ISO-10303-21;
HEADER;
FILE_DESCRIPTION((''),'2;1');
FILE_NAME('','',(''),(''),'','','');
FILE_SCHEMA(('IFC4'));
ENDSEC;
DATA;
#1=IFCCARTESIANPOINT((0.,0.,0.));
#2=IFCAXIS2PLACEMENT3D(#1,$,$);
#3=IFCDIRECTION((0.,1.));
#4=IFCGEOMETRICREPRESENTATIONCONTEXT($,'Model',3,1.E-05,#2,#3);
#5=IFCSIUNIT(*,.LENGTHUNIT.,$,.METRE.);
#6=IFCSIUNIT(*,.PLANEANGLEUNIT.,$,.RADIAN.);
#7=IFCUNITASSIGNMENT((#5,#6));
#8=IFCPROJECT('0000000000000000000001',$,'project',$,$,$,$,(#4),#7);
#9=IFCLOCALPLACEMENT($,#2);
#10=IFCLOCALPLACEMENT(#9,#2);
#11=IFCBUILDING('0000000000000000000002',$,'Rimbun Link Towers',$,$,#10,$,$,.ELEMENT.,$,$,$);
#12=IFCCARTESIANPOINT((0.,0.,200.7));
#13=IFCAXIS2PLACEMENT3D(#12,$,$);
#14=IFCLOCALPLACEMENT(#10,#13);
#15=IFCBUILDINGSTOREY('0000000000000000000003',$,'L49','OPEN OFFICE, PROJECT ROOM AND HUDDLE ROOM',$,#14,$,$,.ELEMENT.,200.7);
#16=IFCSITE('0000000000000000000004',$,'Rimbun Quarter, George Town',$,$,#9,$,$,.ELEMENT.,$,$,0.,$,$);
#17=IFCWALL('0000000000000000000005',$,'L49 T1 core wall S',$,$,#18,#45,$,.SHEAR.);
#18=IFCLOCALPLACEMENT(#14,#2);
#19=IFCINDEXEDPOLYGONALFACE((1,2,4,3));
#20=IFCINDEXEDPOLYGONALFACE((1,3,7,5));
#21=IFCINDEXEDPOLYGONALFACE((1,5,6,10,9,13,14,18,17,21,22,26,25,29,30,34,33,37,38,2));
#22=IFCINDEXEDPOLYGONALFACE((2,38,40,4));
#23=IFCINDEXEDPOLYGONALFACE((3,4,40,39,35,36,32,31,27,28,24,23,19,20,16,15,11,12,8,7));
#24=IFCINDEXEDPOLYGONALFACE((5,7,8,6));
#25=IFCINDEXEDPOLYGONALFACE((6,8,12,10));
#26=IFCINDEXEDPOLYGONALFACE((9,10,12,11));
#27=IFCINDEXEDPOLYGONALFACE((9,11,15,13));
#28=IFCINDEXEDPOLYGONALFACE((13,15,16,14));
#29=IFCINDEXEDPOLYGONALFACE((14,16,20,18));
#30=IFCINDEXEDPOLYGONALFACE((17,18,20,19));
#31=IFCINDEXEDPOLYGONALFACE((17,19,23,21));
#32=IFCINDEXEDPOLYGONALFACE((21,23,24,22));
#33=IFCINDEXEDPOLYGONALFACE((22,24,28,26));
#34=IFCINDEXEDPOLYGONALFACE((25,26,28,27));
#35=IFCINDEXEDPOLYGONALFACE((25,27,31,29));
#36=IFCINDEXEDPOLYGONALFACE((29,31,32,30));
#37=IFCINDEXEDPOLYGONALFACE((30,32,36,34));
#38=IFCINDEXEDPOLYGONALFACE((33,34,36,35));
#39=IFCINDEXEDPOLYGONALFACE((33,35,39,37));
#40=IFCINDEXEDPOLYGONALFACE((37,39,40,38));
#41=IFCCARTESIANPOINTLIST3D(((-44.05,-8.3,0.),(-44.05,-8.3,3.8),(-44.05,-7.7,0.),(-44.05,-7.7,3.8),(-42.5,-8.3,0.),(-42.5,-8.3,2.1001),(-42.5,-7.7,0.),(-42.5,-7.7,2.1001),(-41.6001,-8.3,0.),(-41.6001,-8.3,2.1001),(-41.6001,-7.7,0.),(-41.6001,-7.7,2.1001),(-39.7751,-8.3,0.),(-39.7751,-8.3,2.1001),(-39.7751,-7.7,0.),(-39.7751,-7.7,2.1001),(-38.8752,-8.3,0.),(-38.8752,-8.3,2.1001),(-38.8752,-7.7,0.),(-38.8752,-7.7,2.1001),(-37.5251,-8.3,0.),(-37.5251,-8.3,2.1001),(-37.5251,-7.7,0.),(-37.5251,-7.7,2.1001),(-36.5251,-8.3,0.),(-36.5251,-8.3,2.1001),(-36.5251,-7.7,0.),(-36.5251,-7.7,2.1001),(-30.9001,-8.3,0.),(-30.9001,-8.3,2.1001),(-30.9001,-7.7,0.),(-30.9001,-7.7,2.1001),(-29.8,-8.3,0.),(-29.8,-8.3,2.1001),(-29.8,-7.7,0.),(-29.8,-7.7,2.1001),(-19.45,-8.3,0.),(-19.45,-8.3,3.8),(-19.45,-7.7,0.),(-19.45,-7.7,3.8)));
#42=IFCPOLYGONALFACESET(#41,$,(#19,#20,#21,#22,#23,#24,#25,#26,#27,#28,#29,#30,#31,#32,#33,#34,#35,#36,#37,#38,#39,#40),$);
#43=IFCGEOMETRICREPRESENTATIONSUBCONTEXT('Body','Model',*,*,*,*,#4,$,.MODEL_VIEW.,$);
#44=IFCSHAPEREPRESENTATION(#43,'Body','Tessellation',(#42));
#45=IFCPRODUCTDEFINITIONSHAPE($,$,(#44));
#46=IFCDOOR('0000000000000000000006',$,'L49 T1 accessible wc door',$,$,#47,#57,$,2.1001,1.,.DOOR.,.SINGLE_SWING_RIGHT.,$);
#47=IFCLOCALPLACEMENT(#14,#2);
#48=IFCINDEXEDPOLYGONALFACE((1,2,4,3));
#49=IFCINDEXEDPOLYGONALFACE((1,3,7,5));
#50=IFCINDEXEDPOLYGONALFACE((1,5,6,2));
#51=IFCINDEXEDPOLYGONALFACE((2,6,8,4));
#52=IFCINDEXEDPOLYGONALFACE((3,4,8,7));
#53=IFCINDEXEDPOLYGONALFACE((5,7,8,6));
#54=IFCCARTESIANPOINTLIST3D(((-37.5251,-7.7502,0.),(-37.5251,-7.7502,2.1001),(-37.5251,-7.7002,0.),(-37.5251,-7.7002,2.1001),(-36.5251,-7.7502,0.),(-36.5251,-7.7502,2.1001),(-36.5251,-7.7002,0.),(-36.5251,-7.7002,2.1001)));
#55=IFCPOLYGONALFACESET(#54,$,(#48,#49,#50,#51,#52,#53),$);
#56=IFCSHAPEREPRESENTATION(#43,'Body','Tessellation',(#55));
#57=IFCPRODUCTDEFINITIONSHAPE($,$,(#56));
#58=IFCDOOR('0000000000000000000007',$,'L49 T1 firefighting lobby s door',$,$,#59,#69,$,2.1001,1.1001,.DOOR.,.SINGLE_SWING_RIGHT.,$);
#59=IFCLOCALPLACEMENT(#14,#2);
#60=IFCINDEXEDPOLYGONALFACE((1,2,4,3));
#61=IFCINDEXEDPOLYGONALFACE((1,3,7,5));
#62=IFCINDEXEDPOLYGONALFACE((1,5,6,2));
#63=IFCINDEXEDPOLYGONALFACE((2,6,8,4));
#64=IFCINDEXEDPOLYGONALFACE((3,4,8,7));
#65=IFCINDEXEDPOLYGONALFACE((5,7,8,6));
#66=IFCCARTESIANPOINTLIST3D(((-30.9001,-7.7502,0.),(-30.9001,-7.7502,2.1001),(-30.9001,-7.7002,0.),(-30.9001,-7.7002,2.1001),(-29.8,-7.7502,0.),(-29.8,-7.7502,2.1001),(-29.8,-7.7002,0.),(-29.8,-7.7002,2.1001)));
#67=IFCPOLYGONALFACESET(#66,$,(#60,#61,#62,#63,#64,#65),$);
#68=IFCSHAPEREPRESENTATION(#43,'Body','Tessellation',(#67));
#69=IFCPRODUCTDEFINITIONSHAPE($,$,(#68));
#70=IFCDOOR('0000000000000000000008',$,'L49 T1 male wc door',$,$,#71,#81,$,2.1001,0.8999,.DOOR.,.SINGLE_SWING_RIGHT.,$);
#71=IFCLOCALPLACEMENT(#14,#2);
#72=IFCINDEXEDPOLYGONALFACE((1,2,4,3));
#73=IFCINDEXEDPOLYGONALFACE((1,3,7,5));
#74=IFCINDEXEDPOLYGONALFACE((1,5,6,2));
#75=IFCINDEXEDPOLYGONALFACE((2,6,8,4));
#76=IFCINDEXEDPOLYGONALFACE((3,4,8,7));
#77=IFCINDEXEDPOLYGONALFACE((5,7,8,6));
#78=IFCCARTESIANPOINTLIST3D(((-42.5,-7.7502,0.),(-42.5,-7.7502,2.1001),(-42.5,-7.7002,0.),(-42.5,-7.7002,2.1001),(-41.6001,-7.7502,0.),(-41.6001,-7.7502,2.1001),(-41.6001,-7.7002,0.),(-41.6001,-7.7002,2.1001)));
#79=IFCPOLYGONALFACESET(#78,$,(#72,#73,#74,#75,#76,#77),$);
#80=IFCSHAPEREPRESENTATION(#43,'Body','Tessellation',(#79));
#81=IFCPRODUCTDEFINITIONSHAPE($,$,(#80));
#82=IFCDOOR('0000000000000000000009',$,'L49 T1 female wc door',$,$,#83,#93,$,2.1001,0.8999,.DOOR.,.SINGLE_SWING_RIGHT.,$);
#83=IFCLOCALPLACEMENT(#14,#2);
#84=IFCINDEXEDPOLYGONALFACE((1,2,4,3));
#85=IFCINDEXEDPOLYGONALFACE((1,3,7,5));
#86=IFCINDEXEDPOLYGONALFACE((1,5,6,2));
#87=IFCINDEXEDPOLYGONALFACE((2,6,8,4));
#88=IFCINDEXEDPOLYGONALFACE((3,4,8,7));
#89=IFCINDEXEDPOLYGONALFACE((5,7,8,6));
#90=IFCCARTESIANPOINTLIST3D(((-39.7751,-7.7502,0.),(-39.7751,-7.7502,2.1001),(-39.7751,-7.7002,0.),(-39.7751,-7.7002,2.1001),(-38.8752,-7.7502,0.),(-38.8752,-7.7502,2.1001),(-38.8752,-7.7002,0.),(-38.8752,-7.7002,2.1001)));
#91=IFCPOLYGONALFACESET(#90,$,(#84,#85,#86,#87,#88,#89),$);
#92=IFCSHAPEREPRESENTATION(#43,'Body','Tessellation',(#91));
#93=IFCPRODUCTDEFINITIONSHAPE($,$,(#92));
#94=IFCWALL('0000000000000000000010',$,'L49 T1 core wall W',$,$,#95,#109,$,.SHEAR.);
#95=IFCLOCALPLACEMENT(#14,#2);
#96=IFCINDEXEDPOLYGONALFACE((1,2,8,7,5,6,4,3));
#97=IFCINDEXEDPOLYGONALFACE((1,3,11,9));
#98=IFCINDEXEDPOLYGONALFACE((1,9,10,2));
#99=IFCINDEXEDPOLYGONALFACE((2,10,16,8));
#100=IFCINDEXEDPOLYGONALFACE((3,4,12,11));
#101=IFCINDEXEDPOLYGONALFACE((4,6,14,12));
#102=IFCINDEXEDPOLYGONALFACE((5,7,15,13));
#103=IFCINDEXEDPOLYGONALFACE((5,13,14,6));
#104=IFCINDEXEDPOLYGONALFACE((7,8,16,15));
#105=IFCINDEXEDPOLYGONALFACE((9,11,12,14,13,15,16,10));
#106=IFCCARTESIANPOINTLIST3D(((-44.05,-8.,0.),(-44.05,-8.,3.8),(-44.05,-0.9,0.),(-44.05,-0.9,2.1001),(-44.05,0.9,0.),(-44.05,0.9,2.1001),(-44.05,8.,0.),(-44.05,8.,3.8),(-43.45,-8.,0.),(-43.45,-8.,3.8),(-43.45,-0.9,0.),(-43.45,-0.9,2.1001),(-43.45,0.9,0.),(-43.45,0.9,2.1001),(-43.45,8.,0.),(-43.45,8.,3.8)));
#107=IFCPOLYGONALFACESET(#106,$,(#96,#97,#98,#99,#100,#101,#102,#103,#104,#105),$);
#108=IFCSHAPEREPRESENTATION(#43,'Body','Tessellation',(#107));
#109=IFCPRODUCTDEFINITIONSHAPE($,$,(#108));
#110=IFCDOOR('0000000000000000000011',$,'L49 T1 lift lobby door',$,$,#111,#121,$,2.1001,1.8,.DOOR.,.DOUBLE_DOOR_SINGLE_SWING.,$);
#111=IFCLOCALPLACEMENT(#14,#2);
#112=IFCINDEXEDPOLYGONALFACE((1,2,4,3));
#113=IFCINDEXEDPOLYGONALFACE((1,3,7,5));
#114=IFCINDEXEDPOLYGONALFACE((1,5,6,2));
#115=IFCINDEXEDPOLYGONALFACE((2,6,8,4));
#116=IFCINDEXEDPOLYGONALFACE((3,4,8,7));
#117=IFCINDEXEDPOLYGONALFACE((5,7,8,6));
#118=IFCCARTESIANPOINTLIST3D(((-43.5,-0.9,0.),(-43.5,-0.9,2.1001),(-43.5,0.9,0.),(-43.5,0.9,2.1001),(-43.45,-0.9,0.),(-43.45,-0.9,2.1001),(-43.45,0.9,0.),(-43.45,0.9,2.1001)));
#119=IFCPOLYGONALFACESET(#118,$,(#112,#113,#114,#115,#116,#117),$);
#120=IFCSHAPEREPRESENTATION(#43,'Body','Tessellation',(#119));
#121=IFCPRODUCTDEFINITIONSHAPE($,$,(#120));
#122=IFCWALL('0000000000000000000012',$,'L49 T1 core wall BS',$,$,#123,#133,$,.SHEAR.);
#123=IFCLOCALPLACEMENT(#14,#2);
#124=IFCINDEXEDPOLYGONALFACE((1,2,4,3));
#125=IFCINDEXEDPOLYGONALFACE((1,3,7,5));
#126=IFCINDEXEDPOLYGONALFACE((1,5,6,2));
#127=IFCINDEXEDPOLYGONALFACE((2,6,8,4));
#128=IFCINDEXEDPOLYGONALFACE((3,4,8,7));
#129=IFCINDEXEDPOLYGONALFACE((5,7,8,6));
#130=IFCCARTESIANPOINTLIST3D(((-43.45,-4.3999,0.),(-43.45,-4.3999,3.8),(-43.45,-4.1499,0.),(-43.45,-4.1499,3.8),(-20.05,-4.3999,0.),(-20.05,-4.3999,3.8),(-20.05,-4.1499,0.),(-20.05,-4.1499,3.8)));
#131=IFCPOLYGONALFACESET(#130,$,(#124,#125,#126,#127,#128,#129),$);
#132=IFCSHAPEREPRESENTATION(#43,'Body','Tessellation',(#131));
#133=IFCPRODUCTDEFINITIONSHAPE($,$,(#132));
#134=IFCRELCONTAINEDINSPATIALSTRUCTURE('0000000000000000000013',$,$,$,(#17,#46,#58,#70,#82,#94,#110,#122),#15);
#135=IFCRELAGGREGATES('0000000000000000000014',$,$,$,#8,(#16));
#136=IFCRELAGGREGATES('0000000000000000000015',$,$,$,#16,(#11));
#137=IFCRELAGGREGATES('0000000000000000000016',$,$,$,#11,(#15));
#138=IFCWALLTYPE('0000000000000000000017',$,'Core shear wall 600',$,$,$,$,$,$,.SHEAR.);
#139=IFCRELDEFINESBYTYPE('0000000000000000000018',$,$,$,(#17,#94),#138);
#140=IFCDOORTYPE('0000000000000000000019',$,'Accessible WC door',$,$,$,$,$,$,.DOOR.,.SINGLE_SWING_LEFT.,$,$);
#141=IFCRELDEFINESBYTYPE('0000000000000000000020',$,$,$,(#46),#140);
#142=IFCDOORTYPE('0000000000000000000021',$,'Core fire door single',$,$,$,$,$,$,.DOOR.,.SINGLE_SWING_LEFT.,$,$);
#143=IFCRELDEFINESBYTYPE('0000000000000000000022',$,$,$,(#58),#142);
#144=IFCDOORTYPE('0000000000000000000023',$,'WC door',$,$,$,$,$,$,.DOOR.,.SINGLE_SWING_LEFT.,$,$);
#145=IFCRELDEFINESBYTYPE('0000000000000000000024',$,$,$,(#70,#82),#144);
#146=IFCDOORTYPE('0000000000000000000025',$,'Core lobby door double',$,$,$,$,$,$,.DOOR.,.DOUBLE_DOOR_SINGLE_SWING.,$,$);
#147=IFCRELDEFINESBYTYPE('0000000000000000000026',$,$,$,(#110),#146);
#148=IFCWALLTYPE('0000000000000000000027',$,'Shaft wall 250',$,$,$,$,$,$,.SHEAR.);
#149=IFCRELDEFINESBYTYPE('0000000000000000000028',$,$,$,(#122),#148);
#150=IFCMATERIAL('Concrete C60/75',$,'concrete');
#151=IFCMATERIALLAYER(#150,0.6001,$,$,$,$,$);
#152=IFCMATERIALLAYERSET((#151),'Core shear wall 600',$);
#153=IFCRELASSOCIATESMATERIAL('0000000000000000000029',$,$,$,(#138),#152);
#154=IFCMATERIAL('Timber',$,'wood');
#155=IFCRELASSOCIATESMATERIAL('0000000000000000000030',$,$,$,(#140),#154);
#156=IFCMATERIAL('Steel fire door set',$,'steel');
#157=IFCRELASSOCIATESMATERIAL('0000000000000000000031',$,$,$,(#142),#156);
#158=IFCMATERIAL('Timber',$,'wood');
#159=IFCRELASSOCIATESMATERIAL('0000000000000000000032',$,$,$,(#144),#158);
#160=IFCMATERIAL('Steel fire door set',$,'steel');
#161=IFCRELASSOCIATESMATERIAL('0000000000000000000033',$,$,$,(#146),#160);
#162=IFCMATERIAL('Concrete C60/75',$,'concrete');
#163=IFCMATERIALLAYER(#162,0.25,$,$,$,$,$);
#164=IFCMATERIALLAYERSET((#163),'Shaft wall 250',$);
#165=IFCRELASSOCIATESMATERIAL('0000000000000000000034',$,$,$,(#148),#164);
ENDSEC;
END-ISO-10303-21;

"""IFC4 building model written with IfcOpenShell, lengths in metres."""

from ifc_helpers import new_model, si_unit, direction, frame, frame_2d, origin, place, context, subcontext, project, spatial, rectangle, extrude, material, layer, layer_set, type_object, element, fill, save


model = new_model("IFC4")

# Units and contexts
model_context = context("Model", 3, precision=1e-05, world=origin(), true_north=direction((0.0, 1.0)))
body_context = subcontext(model_context, "Body", "Model", "MODEL_VIEW")
ifc_project = project(units=[si_unit("LENGTHUNIT", "METRE"), si_unit("PLANEANGLEUNIT", "RADIAN")], contexts=[model_context])

# Site, building, storey
site_placement = place(None, origin())
site = spatial("IfcSite", under=ifc_project, at=site_placement, Name="Rimbun Quarter, George Town", CompositionType="ELEMENT", RefElevation=0.0)
building_placement = place(site_placement, origin())
building = spatial("IfcBuilding", under=site, at=building_placement, Name="Rimbun Link Towers", CompositionType="ELEMENT")
storey_placement = place(building_placement, frame((0.0, 0.0, 200.7)))
storey = spatial("IfcBuildingStorey", under=building, at=storey_placement, Name="L49", Description="OPEN OFFICE, PROJECT ROOM AND HUDDLE ROOM", CompositionType="ELEMENT", Elevation=200.7)

# Wall, openings, doors
ifc_material_1 = material(Name="Concrete C60/75", Category="concrete")
ifc_layer_1 = layer(ifc_material_1, 0.6001)
ifc_layer_set_1 = layer_set([ifc_layer_1], Name="Core shear wall 600")
wall_type_1 = type_object("IfcWallType", Name="Core shear wall 600", PredefinedType="SHEAR", material=ifc_layer_set_1)
wall_1_placement = place(storey_placement, frame((-44.05, -8.0, 0.0), z_axis=(0.0, 0.0, 1.0), x_axis=(1.0, 0.0, 0.0)))
wall_1 = element("IfcWall", 1, at=wall_1_placement, inside=storey, type_object=wall_type_1, Name="L49 T1 core wall S", PredefinedType="SHEAR", context=body_context, shape_type="SweptSolid", body=[
    extrude(rectangle(XDim=24.6001, YDim=0.6001, at=frame_2d((12.3, 0.0))), origin(), (0.0, 0.0, 1.0), 3.8),
])
opening_1_placement = place(wall_1_placement, frame((13.1499, 0.0, 0.0)))
opening_1 = element("IfcOpeningElement", 2, at=opening_1_placement, cuts=wall_1, PredefinedType="OPENING", context=body_context, shape_type="SweptSolid", body=[
    extrude(rectangle(XDim=1.1001, YDim=2.1001, at=frame_2d((0.55, 1.05))), frame((0.0, 0.3101, 0.0), z_axis=(0.0, -1.0, 0.0), x_axis=(1.0, 0.0, 0.0)), (0.0, 0.0, 1.0), 0.6201),
])
opening_2_placement = place(wall_1_placement, frame((1.55, 0.0, 0.0)))
opening_2 = element("IfcOpeningElement", 3, at=opening_2_placement, cuts=wall_1, PredefinedType="OPENING", context=body_context, shape_type="SweptSolid", body=[
    extrude(rectangle(XDim=0.8999, YDim=2.1001, at=frame_2d((0.45, 1.05))), frame((0.0, 0.3101, 0.0), z_axis=(0.0, -1.0, 0.0), x_axis=(1.0, 0.0, 0.0)), (0.0, 0.0, 1.0), 0.6201),
])
opening_3_placement = place(wall_1_placement, frame((4.2749, 0.0, 0.0)))
opening_3 = element("IfcOpeningElement", 4, at=opening_3_placement, cuts=wall_1, PredefinedType="OPENING", context=body_context, shape_type="SweptSolid", body=[
    extrude(rectangle(XDim=0.8999, YDim=2.1001, at=frame_2d((0.45, 1.05))), frame((0.0, 0.3101, 0.0), z_axis=(0.0, -1.0, 0.0), x_axis=(1.0, 0.0, 0.0)), (0.0, 0.0, 1.0), 0.6201),
])
opening_4_placement = place(wall_1_placement, frame((6.5249, 0.0, 0.0)))
opening_4 = element("IfcOpeningElement", 5, at=opening_4_placement, cuts=wall_1, PredefinedType="OPENING", context=body_context, shape_type="SweptSolid", body=[
    extrude(rectangle(XDim=1.0, YDim=2.1001, at=frame_2d((0.5, 1.05))), frame((0.0, 0.3101, 0.0), z_axis=(0.0, -1.0, 0.0), x_axis=(1.0, 0.0, 0.0)), (0.0, 0.0, 1.0), 0.6201),
])
ifc_material_2 = material(Name="Timber", Category="wood")
door_type_1 = type_object("IfcDoorType", Name="Accessible WC door", OperationType="SINGLE_SWING_LEFT", PredefinedType="DOOR", material=ifc_material_2)
door_1_placement = place(opening_4_placement, origin())
door_1 = element("IfcDoor", 6, at=door_1_placement, inside=storey, type_object=door_type_1, Name="L49 T1 accessible wc door", OperationType="SINGLE_SWING_RIGHT", OverallHeight=2.1001, OverallWidth=1.0, PredefinedType="DOOR", context=body_context, shape_type="SweptSolid", body=[
    extrude(rectangle(XDim=1.0, YDim=2.1001, at=frame_2d((0.5, 1.05))), frame((0.0, 0.2998, 0.0), z_axis=(0.0, -1.0, 0.0), x_axis=(1.0, 0.0, 0.0)), (0.0, 0.0, 1.0), 0.05),
])
fill(opening_4, door_1)
ifc_material_3 = material(Name="Steel fire door set", Category="steel")
door_type_2 = type_object("IfcDoorType", Name="Core fire door single", OperationType="SINGLE_SWING_LEFT", PredefinedType="DOOR", material=ifc_material_3)
door_2_placement = place(opening_1_placement, origin())
door_2 = element("IfcDoor", 7, at=door_2_placement, inside=storey, type_object=door_type_2, Name="L49 T1 firefighting lobby s door", OperationType="SINGLE_SWING_RIGHT", OverallHeight=2.1001, OverallWidth=1.1001, PredefinedType="DOOR", context=body_context, shape_type="SweptSolid", body=[
    extrude(rectangle(XDim=1.1001, YDim=2.1001, at=frame_2d((0.55, 1.05))), frame((0.0, 0.2998, 0.0), z_axis=(0.0, -1.0, 0.0), x_axis=(1.0, 0.0, 0.0)), (0.0, 0.0, 1.0), 0.05),
])
fill(opening_1, door_2)
ifc_material_4 = material(Name="Timber", Category="wood")
door_type_3 = type_object("IfcDoorType", Name="WC door", OperationType="SINGLE_SWING_LEFT", PredefinedType="DOOR", material=ifc_material_4)
door_3_placement = place(opening_2_placement, origin())
door_3 = element("IfcDoor", 8, at=door_3_placement, inside=storey, type_object=door_type_3, Name="L49 T1 male wc door", OperationType="SINGLE_SWING_RIGHT", OverallHeight=2.1001, OverallWidth=0.8999, PredefinedType="DOOR", context=body_context, shape_type="SweptSolid", body=[
    extrude(rectangle(XDim=0.8999, YDim=2.1001, at=frame_2d((0.45, 1.05))), frame((0.0, 0.2998, 0.0), z_axis=(0.0, -1.0, 0.0), x_axis=(1.0, 0.0, 0.0)), (0.0, 0.0, 1.0), 0.05),
])
fill(opening_2, door_3)
door_4_placement = place(opening_3_placement, origin())
door_4 = element("IfcDoor", 9, at=door_4_placement, inside=storey, type_object=door_type_3, Name="L49 T1 female wc door", OperationType="SINGLE_SWING_RIGHT", OverallHeight=2.1001, OverallWidth=0.8999, PredefinedType="DOOR", context=body_context, shape_type="SweptSolid", body=[
    extrude(rectangle(XDim=0.8999, YDim=2.1001, at=frame_2d((0.45, 1.05))), frame((0.0, 0.2998, 0.0), z_axis=(0.0, -1.0, 0.0), x_axis=(1.0, 0.0, 0.0)), (0.0, 0.0, 1.0), 0.05),
])
fill(opening_3, door_4)

# Wall, opening, door
wall_2_placement = place(storey_placement, frame((-43.75, -8.0, 0.0), z_axis=(0.0, 0.0, 1.0), x_axis=(0.0, 1.0, 0.0)))
wall_2 = element("IfcWall", 10, at=wall_2_placement, inside=storey, type_object=wall_type_1, Name="L49 T1 core wall W", PredefinedType="SHEAR", context=body_context, shape_type="SweptSolid", body=[
    extrude(rectangle(XDim=16.0, YDim=0.6001, at=frame_2d((8.0, 0.0))), origin(), (0.0, 0.0, 1.0), 3.8),
])
opening_5_placement = place(wall_2_placement, frame((7.1001, 0.0, 0.0)))
opening_5 = element("IfcOpeningElement", 11, at=opening_5_placement, cuts=wall_2, PredefinedType="OPENING", context=body_context, shape_type="SweptSolid", body=[
    extrude(rectangle(XDim=1.8, YDim=2.1001, at=frame_2d((0.8999, 1.05))), frame((0.0, 0.3101, 0.0), z_axis=(0.0, -1.0, 0.0), x_axis=(1.0, 0.0, 0.0)), (0.0, 0.0, 1.0), 0.6201),
])
ifc_material_5 = material(Name="Steel fire door set", Category="steel")
door_type_4 = type_object("IfcDoorType", Name="Core lobby door double", OperationType="DOUBLE_DOOR_SINGLE_SWING", PredefinedType="DOOR", material=ifc_material_5)
door_5_placement = place(opening_5_placement, origin())
door_5 = element("IfcDoor", 12, at=door_5_placement, inside=storey, type_object=door_type_4, Name="L49 T1 lift lobby door", OperationType="DOUBLE_DOOR_SINGLE_SWING", OverallHeight=2.1001, OverallWidth=1.8, PredefinedType="DOOR", context=body_context, shape_type="SweptSolid", body=[
    extrude(rectangle(XDim=1.8, YDim=2.1001, at=frame_2d((0.8999, 1.05))), frame((0.0, -0.25, 0.0), z_axis=(0.0, -1.0, 0.0), x_axis=(1.0, 0.0, 0.0)), (0.0, 0.0, 1.0), 0.05),
])
fill(opening_5, door_5)

# Wall
ifc_material_6 = material(Name="Concrete C60/75", Category="concrete")
ifc_layer_2 = layer(ifc_material_6, 0.25)
ifc_layer_set_2 = layer_set([ifc_layer_2], Name="Shaft wall 250")
wall_type_2 = type_object("IfcWallType", Name="Shaft wall 250", PredefinedType="SHEAR", material=ifc_layer_set_2)
wall_3_placement = place(storey_placement, frame((-43.45, -4.2749, 0.0), z_axis=(0.0, 0.0, 1.0), x_axis=(1.0, 0.0, 0.0)))
element("IfcWall", 13, at=wall_3_placement, inside=storey, type_object=wall_type_2, Name="L49 T1 core wall BS", PredefinedType="SHEAR", context=body_context, shape_type="SweptSolid", body=[
    extrude(rectangle(XDim=23.3999, YDim=0.25, at=frame_2d((11.7, 0.0))), origin(), (0.0, 0.0, 1.0), 3.8),
])

save(model, "model.ifc")
